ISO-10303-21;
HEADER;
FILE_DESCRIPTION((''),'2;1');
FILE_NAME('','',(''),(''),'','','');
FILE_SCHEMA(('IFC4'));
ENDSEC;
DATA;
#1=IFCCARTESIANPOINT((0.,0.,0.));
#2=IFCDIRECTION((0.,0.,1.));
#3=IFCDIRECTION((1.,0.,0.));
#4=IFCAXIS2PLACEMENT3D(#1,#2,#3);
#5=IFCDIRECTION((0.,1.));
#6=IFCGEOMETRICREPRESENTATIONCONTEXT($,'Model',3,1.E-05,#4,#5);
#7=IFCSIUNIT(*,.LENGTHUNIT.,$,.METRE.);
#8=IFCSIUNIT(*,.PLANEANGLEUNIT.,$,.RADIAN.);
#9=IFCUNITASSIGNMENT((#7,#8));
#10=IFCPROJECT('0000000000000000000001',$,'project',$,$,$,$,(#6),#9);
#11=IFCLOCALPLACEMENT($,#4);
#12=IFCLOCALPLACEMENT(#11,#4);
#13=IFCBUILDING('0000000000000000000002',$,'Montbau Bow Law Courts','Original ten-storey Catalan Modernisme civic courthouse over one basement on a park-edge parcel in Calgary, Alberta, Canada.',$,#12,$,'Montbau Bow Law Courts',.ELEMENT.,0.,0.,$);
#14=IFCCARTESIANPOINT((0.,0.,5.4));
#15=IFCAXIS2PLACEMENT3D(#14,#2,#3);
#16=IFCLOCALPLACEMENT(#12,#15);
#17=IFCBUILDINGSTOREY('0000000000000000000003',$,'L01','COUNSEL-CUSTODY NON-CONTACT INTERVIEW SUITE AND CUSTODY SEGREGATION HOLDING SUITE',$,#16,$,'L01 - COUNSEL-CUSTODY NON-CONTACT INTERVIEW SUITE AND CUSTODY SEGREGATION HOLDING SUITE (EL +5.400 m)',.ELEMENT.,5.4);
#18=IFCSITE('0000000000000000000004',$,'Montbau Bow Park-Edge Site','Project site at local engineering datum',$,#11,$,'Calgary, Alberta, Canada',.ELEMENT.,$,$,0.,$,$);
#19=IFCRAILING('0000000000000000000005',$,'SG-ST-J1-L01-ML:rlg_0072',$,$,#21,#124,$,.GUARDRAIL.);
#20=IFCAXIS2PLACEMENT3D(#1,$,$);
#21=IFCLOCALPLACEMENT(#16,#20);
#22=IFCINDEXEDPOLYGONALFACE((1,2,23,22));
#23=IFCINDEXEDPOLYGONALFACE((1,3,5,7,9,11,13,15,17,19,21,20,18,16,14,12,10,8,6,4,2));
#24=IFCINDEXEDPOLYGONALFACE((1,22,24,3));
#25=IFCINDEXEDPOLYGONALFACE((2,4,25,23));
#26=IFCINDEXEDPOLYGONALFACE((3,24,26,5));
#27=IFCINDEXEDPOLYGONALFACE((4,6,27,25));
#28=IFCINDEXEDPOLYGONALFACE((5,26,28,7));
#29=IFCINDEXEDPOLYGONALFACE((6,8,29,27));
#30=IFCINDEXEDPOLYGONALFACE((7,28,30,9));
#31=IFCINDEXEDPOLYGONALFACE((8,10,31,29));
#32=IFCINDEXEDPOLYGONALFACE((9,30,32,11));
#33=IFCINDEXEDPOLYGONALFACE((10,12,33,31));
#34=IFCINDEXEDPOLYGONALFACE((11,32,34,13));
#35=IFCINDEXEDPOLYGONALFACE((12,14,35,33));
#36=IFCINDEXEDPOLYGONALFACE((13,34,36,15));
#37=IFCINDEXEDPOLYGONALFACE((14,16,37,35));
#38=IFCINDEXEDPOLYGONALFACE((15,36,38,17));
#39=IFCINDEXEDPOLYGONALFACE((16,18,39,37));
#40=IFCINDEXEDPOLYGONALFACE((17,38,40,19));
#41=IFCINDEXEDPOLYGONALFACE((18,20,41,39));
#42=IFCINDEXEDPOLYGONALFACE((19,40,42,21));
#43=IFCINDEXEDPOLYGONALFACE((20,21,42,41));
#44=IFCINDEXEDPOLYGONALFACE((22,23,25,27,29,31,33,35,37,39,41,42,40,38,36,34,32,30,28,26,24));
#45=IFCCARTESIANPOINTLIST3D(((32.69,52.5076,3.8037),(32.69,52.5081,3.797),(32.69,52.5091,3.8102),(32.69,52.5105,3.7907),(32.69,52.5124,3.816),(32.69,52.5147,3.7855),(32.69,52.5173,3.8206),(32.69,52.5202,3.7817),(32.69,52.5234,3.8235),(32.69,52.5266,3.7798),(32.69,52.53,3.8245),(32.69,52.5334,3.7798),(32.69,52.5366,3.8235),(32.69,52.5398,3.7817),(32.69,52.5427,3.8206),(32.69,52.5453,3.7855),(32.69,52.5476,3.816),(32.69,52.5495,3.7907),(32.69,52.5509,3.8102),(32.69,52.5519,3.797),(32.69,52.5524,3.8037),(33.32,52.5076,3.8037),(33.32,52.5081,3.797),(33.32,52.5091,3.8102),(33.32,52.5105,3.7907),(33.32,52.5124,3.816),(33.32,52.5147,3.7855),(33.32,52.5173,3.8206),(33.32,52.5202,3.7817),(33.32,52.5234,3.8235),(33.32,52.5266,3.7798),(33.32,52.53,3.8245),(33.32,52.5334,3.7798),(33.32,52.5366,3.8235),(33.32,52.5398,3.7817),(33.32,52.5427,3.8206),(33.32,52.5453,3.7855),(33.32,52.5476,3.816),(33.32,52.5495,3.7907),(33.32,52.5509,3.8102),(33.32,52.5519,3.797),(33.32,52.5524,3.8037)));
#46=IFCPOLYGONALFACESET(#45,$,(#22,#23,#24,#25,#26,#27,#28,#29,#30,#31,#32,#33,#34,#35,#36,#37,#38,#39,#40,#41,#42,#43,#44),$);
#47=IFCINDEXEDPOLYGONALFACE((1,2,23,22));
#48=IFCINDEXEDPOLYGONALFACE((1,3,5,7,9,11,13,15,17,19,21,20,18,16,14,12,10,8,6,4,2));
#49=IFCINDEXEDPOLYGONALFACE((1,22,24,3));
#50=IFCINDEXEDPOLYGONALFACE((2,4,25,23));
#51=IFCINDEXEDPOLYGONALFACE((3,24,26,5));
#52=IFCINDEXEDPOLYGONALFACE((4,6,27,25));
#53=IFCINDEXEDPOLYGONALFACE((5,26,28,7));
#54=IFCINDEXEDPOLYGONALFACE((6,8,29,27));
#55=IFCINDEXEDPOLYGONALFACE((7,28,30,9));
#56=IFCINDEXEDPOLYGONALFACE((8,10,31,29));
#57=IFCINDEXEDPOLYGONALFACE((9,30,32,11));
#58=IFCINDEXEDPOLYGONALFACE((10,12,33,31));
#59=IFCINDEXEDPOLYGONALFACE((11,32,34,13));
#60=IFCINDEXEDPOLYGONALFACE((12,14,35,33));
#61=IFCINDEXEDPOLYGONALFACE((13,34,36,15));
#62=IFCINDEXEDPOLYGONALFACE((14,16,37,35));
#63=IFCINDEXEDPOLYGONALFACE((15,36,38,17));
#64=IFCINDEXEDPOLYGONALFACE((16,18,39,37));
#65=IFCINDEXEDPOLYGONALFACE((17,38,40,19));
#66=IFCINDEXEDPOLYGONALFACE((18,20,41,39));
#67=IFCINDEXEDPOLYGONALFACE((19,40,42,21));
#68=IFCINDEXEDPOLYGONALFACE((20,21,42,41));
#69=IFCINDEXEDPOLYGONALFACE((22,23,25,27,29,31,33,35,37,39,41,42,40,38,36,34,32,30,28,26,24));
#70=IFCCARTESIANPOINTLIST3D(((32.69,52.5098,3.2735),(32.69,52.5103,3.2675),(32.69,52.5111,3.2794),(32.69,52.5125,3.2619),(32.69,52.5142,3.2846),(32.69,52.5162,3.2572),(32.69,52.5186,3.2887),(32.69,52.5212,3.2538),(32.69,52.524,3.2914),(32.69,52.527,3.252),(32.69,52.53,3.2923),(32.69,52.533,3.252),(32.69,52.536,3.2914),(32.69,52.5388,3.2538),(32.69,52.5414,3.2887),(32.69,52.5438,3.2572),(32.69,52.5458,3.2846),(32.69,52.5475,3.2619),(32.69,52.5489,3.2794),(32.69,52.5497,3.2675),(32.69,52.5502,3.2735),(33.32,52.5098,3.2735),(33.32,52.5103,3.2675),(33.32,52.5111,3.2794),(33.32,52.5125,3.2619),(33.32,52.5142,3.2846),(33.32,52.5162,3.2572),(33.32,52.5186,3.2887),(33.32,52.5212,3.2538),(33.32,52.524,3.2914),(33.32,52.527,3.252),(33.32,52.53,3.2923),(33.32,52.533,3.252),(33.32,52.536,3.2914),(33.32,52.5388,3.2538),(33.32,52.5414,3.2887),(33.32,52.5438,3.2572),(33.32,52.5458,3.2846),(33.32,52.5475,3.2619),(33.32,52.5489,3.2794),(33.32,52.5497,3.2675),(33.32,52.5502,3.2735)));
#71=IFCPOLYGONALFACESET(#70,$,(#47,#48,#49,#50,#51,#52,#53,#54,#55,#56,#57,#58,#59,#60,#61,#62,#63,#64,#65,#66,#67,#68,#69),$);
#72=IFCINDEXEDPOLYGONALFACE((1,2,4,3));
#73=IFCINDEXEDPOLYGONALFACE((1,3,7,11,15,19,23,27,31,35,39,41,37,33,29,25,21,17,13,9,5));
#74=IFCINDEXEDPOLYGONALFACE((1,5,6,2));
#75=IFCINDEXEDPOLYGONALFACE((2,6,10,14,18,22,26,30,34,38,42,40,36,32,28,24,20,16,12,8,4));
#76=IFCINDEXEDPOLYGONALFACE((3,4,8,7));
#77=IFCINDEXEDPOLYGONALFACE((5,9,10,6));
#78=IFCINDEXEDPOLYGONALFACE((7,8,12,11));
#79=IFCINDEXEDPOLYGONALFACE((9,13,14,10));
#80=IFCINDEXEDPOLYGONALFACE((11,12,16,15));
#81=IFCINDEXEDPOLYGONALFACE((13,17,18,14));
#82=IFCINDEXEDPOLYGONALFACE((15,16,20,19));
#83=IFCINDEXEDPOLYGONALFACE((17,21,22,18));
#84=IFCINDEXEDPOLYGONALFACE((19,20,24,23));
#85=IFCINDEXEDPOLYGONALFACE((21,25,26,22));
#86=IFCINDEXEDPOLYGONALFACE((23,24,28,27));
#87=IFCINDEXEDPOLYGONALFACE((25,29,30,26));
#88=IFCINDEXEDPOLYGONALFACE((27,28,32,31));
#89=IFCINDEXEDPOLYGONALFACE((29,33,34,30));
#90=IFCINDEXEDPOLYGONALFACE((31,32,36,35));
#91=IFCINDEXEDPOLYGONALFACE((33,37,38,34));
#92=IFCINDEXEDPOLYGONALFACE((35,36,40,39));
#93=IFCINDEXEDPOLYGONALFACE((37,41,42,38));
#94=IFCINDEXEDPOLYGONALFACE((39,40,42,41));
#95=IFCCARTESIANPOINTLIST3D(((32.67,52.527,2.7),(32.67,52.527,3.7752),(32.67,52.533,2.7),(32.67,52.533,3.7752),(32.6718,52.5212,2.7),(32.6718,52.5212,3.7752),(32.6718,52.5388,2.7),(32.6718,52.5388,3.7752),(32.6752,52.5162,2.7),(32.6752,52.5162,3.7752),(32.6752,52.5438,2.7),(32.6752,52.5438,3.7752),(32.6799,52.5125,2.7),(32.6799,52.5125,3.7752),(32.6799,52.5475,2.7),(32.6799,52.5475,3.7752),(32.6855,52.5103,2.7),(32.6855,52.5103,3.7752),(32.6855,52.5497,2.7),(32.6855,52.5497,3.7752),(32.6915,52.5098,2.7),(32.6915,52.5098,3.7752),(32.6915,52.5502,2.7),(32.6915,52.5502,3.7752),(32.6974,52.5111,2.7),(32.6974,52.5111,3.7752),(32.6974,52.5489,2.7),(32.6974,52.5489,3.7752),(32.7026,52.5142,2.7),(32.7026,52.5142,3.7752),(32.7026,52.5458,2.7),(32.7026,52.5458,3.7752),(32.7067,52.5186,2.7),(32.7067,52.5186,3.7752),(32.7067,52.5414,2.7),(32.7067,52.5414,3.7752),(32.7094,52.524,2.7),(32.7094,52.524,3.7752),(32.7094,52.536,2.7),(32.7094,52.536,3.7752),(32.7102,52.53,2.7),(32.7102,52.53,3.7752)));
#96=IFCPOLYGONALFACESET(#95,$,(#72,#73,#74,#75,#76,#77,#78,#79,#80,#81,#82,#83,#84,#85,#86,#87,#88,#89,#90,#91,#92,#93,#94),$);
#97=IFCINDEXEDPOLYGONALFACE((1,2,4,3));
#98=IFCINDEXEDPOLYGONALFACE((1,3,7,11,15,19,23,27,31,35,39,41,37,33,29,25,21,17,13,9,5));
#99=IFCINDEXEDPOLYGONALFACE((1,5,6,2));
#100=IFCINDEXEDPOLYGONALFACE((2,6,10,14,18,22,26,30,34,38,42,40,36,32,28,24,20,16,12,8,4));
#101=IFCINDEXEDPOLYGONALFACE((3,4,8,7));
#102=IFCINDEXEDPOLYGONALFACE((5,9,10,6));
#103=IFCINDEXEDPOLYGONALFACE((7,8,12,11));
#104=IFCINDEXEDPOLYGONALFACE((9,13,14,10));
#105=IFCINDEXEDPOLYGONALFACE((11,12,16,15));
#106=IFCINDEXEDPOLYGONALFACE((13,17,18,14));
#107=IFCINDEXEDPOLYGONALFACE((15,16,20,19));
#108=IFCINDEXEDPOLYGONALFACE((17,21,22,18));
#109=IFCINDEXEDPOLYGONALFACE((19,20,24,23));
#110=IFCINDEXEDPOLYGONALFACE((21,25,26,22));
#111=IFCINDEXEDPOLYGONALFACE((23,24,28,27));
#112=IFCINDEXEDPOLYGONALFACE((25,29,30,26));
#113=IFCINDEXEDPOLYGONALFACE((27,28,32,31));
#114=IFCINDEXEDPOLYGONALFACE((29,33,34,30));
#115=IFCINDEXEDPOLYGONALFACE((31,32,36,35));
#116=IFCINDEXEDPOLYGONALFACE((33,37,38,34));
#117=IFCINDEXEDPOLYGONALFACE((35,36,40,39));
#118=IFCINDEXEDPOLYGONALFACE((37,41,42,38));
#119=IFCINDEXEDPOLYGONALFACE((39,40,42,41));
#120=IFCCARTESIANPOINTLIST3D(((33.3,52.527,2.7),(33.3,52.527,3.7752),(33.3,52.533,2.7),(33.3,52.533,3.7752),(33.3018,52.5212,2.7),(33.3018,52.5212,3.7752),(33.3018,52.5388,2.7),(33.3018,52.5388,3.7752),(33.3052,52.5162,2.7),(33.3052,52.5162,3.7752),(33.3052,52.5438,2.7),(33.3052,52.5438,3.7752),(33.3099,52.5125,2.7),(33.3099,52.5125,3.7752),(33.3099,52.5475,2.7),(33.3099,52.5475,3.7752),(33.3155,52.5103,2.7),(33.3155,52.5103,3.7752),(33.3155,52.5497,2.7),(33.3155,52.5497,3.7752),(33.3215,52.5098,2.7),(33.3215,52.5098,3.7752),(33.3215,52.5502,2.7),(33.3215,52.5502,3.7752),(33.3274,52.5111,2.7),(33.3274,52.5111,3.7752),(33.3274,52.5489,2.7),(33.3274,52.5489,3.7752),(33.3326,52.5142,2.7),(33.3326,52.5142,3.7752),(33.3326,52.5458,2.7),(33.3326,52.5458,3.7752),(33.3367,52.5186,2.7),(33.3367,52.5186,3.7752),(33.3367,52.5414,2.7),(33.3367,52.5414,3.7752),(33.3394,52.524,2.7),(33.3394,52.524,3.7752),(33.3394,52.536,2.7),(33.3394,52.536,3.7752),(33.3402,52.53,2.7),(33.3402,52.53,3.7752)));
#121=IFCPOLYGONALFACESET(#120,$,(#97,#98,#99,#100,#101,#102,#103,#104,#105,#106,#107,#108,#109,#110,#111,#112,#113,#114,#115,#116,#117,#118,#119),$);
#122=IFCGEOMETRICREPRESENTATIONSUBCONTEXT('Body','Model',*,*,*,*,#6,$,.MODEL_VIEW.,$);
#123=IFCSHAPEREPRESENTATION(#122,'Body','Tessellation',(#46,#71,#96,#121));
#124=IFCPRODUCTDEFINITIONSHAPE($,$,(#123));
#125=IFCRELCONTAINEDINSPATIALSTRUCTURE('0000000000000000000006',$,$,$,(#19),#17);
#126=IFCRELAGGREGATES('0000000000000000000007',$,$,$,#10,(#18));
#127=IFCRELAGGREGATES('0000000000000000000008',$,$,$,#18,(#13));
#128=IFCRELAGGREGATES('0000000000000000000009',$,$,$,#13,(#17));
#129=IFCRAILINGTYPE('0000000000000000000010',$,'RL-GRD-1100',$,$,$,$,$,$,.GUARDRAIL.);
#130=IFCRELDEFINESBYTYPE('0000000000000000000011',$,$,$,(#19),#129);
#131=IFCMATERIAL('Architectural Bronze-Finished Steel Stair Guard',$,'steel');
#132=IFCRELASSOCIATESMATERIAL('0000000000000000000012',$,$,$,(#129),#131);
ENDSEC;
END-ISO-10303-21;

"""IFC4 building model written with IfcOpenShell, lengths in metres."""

from ifc_helpers import new_model, si_unit, direction, frame, origin_with_axes, origin_2d_with_axis, place, context, subcontext, project, spatial, circle, extrude, material, type_object, element, save


model = new_model("IFC4")

# Units and contexts
model_context = context("Model", 3, precision=1e-05, world=origin_with_axes(), true_north=direction((0.0, 1.0)))
body_context = subcontext(model_context, "Body", "Model", "MODEL_VIEW")
ifc_project = project(units=[si_unit("LENGTHUNIT", "METRE"), si_unit("PLANEANGLEUNIT", "RADIAN")], contexts=[model_context])

# Site, building, storey
site_placement = place(None, origin_with_axes())
site = spatial("IfcSite", under=ifc_project, at=site_placement, Name="Montbau Bow Park-Edge Site", Description="Project site at local engineering datum", LongName="Calgary, Alberta, Canada", CompositionType="ELEMENT", RefElevation=0.0)
building_placement = place(site_placement, origin_with_axes())
building = spatial("IfcBuilding", under=site, at=building_placement, Name="Montbau Bow Law Courts", Description="Original ten-storey Catalan Modernisme civic courthouse over one basement on a park-edge parcel in Calgary, Alberta, Canada.", LongName="Montbau Bow Law Courts", CompositionType="ELEMENT", ElevationOfRefHeight=0.0, ElevationOfTerrain=0.0)
storey_placement = place(building_placement, frame((0.0, 0.0, 5.4), z_axis=(0.0, 0.0, 1.0), x_axis=(1.0, 0.0, 0.0)))
storey = spatial("IfcBuildingStorey", under=building, at=storey_placement, Name="L01", Description="COUNSEL-CUSTODY NON-CONTACT INTERVIEW SUITE AND CUSTODY SEGREGATION HOLDING SUITE", LongName="L01 - COUNSEL-CUSTODY NON-CONTACT INTERVIEW SUITE AND CUSTODY SEGREGATION HOLDING SUITE (EL +5.400 m)", CompositionType="ELEMENT", Elevation=5.4)

# Railing
ifc_material_1 = material(Name="Architectural Bronze-Finished Steel Stair Guard", Category="steel")
railing_type_1 = type_object("IfcRailingType", Name="RL-GRD-1100", PredefinedType="GUARDRAIL", material=ifc_material_1)
railing_1_placement = place(None, origin_with_axes())
element("IfcRailing", 1, at=railing_1_placement, inside=storey, type_object=railing_type_1, Name="SG-ST-J1-L01-ML:rlg_0072", PredefinedType="GUARDRAIL", context=body_context, shape_type="SweptSolid", body=[
    extrude(circle(Radius=0.0225, at=origin_2d_with_axis()), frame((32.69, 52.53, 9.202), z_axis=(1.0, 0.0, 0.0), x_axis=(0.0, 0.0, 1.0)), (0.0, 0.0, 1.0), 0.63),
    extrude(circle(Radius=0.0203, at=origin_2d_with_axis()), frame((32.69, 52.53, 8.672), z_axis=(1.0, 0.0, 0.0), x_axis=(0.0, 0.0, 1.0)), (0.0, 0.0, 1.0), 0.63),
    extrude(circle(Radius=0.0203, at=origin_2d_with_axis()), frame((32.69, 52.53, 8.1), z_axis=(0.0, 0.0, 1.0), x_axis=(1.0, 0.0, 0.0)), (0.0, 0.0, 1.0), 1.0753),
    extrude(circle(Radius=0.0203, at=origin_2d_with_axis()), frame((33.32, 52.53, 8.1), z_axis=(0.0, 0.0, 1.0), x_axis=(1.0, 0.0, 0.0)), (0.0, 0.0, 1.0), 1.0753),
])

save(model, "model.ifc")
